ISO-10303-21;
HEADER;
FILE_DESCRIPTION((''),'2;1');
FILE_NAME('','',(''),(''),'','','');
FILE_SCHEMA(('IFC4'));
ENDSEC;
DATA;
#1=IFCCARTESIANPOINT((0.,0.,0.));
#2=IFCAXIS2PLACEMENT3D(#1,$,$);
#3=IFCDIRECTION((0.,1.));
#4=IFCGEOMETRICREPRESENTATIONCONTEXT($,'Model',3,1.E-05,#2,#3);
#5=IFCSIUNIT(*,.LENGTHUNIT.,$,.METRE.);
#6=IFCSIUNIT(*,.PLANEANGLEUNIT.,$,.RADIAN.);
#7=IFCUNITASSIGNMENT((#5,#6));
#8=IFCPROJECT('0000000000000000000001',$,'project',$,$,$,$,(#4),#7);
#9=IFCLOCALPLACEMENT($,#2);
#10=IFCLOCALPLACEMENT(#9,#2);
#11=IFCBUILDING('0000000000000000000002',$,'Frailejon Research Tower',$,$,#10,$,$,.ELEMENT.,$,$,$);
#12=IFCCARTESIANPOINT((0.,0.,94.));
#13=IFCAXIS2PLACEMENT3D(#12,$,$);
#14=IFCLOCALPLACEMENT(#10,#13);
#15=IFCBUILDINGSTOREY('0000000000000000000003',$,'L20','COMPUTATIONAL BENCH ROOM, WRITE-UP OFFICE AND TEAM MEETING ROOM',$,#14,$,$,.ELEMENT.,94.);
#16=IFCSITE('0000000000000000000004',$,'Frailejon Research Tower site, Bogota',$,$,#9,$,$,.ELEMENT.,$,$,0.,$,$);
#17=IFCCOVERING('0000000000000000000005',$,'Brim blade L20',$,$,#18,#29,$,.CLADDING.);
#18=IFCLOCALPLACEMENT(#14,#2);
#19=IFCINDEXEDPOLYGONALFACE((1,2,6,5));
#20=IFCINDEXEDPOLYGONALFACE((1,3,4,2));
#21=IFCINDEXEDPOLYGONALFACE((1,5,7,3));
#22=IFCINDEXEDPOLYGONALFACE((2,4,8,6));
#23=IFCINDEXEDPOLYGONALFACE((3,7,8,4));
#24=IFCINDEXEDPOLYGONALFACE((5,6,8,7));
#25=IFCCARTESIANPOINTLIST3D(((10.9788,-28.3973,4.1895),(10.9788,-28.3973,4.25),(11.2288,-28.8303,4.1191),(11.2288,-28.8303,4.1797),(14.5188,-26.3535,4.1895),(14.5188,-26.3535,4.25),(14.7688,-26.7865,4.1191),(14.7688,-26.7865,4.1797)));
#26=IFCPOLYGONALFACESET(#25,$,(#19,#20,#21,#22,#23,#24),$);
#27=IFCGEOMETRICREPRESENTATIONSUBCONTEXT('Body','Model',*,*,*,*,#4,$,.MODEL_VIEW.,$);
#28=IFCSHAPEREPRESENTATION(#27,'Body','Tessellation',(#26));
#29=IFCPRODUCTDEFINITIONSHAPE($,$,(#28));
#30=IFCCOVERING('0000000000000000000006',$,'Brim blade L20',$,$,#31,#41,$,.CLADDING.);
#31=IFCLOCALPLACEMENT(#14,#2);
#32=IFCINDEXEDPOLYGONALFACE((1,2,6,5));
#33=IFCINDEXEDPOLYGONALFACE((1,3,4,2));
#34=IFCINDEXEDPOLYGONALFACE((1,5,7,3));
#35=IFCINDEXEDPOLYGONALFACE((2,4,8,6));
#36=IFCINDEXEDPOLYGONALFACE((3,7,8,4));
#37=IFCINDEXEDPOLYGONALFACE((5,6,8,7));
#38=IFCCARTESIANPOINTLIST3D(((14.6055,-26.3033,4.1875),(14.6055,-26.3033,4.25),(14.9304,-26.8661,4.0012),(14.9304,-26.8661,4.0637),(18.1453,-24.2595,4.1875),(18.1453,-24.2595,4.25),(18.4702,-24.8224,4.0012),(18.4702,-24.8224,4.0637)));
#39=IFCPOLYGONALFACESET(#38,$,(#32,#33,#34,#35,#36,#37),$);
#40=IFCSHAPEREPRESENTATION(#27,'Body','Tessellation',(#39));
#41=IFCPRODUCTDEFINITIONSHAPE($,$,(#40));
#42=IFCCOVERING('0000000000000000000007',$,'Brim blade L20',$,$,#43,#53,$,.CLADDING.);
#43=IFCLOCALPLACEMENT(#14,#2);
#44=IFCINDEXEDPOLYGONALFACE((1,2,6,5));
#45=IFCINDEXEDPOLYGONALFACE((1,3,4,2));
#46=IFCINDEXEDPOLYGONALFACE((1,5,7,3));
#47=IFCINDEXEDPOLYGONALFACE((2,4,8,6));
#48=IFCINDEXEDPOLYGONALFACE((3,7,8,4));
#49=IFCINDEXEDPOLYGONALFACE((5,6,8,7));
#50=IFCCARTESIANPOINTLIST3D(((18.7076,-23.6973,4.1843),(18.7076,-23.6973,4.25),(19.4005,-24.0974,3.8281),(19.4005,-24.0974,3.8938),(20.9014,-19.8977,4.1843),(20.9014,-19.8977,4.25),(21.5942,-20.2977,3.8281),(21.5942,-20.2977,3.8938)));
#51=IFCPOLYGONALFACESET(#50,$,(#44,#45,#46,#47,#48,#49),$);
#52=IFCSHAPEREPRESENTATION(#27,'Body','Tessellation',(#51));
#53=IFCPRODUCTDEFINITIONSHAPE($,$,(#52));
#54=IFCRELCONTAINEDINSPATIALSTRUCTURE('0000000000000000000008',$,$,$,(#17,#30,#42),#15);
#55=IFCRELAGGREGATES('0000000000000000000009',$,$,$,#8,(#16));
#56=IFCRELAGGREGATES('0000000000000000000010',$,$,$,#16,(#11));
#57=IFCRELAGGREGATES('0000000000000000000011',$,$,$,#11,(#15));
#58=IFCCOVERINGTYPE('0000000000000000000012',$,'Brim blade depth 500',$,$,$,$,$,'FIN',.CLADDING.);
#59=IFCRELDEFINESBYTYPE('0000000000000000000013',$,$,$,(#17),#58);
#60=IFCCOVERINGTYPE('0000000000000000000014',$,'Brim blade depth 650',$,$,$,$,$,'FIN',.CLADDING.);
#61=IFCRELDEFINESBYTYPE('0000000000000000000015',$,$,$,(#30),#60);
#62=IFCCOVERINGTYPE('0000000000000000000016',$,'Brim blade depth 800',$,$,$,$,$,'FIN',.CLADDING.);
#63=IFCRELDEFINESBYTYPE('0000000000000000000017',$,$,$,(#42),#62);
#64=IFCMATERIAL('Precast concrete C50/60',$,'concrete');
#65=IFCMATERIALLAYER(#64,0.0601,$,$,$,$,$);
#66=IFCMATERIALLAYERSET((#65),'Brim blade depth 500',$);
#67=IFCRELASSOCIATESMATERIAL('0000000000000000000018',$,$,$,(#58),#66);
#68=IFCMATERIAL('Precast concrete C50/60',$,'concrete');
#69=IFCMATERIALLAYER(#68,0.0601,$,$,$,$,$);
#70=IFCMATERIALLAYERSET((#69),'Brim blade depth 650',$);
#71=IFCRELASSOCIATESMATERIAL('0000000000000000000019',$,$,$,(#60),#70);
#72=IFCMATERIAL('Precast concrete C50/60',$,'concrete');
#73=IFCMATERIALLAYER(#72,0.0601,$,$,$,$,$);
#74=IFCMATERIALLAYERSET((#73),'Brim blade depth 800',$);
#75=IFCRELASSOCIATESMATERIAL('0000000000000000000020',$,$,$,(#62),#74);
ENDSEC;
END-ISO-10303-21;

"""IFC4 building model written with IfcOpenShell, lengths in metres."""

from ifc_helpers import new_model, si_unit, direction, frame, origin, place, context, subcontext, project, spatial, polyline, outline, extrude, material, layer, layer_set, type_object, element, save


model = new_model("IFC4")

# Units and contexts
model_context = context("Model", 3, precision=1e-05, world=origin(), true_north=direction((0.0, 1.0)))
body_context = subcontext(model_context, "Body", "Model", "MODEL_VIEW")
ifc_project = project(units=[si_unit("LENGTHUNIT", "METRE"), si_unit("PLANEANGLEUNIT", "RADIAN")], contexts=[model_context])

# Site, building, storey
site_placement = place(None, origin())
site = spatial("IfcSite", under=ifc_project, at=site_placement, Name="Frailejon Research Tower site, Bogota", CompositionType="ELEMENT", RefElevation=0.0)
building_placement = place(site_placement, origin())
building = spatial("IfcBuilding", under=site, at=building_placement, Name="Frailejon Research Tower", CompositionType="ELEMENT")
storey_placement = place(building_placement, frame((0.0, 0.0, 94.0)))
storey = spatial("IfcBuildingStorey", under=building, at=storey_placement, Name="L20", Description="COMPUTATIONAL BENCH ROOM, WRITE-UP OFFICE AND TEAM MEETING ROOM", CompositionType="ELEMENT", Elevation=94.0)

# Coverings
ifc_material_1 = material(Name="Precast concrete C50/60", Category="concrete")
ifc_layer_1 = layer(ifc_material_1, 0.0601)
ifc_layer_set_1 = layer_set([ifc_layer_1], Name="Brim blade depth 500")
covering_type_1 = type_object("IfcCoveringType", Name="Brim blade depth 500", ElementType="FIN", PredefinedType="CLADDING", material=ifc_layer_set_1)
covering_1_placement = place(storey_placement, frame((14.5188, -26.3535, 4.25), z_axis=(-0.866027, -0.499997, 0.0), x_axis=(0.499997, -0.866027, 0.0)))
element("IfcCovering", 1, at=covering_1_placement, inside=storey, type_object=covering_type_1, Name="Brim blade L20", PredefinedType="CLADDING", context=body_context, shape_type="SweptSolid", body=[
    extrude(outline(polyline([(0.0, -0.0605), (0.5, -0.1309), (0.5, -0.0703), (0.0, 0.0), (0.0, -0.0605)])), origin(), (0.0, 0.0, 1.0), 4.0876),
])
ifc_material_2 = material(Name="Precast concrete C50/60", Category="concrete")
ifc_layer_2 = layer(ifc_material_2, 0.0601)
ifc_layer_set_2 = layer_set([ifc_layer_2], Name="Brim blade depth 650")
covering_type_2 = type_object("IfcCoveringType", Name="Brim blade depth 650", ElementType="FIN", PredefinedType="CLADDING", material=ifc_layer_set_2)
covering_2_placement = place(storey_placement, frame((18.1453, -24.2595, 4.25), z_axis=(-0.866021, -0.500007, 0.0), x_axis=(0.500007, -0.866021, 0.0)))
element("IfcCovering", 2, at=covering_2_placement, inside=storey, type_object=covering_type_2, Name="Brim blade L20", PredefinedType="CLADDING", context=body_context, shape_type="SweptSolid", body=[
    extrude(outline(polyline([(0.0, -0.0625), (0.6499, -0.2488), (0.6499, -0.1863), (0.0, 0.0), (0.0, -0.0625)])), origin(), (0.0, 0.0, 1.0), 4.0874),
])
ifc_material_3 = material(Name="Precast concrete C50/60", Category="concrete")
ifc_layer_3 = layer(ifc_material_3, 0.0601)
ifc_layer_set_3 = layer_set([ifc_layer_3], Name="Brim blade depth 800")
covering_type_3 = type_object("IfcCoveringType", Name="Brim blade depth 800", ElementType="FIN", PredefinedType="CLADDING", material=ifc_layer_set_3)
covering_3_placement = place(storey_placement, frame((20.9014, -19.8977, 4.25), z_axis=(-0.5, -0.866025, 0.0), x_axis=(0.866025, -0.5, 0.0)))
element("IfcCovering", 3, at=covering_3_placement, inside=storey, type_object=covering_type_3, Name="Brim blade L20", PredefinedType="CLADDING", context=body_context, shape_type="SweptSolid", body=[
    extrude(outline(polyline([(0.0, -0.0657), (0.8, -0.4219), (0.8, -0.3562), (0.0, 0.0), (0.0, -0.0657)])), origin(), (0.0, 0.0, 1.0), 4.3875),
])

save(model, "model.ifc")
